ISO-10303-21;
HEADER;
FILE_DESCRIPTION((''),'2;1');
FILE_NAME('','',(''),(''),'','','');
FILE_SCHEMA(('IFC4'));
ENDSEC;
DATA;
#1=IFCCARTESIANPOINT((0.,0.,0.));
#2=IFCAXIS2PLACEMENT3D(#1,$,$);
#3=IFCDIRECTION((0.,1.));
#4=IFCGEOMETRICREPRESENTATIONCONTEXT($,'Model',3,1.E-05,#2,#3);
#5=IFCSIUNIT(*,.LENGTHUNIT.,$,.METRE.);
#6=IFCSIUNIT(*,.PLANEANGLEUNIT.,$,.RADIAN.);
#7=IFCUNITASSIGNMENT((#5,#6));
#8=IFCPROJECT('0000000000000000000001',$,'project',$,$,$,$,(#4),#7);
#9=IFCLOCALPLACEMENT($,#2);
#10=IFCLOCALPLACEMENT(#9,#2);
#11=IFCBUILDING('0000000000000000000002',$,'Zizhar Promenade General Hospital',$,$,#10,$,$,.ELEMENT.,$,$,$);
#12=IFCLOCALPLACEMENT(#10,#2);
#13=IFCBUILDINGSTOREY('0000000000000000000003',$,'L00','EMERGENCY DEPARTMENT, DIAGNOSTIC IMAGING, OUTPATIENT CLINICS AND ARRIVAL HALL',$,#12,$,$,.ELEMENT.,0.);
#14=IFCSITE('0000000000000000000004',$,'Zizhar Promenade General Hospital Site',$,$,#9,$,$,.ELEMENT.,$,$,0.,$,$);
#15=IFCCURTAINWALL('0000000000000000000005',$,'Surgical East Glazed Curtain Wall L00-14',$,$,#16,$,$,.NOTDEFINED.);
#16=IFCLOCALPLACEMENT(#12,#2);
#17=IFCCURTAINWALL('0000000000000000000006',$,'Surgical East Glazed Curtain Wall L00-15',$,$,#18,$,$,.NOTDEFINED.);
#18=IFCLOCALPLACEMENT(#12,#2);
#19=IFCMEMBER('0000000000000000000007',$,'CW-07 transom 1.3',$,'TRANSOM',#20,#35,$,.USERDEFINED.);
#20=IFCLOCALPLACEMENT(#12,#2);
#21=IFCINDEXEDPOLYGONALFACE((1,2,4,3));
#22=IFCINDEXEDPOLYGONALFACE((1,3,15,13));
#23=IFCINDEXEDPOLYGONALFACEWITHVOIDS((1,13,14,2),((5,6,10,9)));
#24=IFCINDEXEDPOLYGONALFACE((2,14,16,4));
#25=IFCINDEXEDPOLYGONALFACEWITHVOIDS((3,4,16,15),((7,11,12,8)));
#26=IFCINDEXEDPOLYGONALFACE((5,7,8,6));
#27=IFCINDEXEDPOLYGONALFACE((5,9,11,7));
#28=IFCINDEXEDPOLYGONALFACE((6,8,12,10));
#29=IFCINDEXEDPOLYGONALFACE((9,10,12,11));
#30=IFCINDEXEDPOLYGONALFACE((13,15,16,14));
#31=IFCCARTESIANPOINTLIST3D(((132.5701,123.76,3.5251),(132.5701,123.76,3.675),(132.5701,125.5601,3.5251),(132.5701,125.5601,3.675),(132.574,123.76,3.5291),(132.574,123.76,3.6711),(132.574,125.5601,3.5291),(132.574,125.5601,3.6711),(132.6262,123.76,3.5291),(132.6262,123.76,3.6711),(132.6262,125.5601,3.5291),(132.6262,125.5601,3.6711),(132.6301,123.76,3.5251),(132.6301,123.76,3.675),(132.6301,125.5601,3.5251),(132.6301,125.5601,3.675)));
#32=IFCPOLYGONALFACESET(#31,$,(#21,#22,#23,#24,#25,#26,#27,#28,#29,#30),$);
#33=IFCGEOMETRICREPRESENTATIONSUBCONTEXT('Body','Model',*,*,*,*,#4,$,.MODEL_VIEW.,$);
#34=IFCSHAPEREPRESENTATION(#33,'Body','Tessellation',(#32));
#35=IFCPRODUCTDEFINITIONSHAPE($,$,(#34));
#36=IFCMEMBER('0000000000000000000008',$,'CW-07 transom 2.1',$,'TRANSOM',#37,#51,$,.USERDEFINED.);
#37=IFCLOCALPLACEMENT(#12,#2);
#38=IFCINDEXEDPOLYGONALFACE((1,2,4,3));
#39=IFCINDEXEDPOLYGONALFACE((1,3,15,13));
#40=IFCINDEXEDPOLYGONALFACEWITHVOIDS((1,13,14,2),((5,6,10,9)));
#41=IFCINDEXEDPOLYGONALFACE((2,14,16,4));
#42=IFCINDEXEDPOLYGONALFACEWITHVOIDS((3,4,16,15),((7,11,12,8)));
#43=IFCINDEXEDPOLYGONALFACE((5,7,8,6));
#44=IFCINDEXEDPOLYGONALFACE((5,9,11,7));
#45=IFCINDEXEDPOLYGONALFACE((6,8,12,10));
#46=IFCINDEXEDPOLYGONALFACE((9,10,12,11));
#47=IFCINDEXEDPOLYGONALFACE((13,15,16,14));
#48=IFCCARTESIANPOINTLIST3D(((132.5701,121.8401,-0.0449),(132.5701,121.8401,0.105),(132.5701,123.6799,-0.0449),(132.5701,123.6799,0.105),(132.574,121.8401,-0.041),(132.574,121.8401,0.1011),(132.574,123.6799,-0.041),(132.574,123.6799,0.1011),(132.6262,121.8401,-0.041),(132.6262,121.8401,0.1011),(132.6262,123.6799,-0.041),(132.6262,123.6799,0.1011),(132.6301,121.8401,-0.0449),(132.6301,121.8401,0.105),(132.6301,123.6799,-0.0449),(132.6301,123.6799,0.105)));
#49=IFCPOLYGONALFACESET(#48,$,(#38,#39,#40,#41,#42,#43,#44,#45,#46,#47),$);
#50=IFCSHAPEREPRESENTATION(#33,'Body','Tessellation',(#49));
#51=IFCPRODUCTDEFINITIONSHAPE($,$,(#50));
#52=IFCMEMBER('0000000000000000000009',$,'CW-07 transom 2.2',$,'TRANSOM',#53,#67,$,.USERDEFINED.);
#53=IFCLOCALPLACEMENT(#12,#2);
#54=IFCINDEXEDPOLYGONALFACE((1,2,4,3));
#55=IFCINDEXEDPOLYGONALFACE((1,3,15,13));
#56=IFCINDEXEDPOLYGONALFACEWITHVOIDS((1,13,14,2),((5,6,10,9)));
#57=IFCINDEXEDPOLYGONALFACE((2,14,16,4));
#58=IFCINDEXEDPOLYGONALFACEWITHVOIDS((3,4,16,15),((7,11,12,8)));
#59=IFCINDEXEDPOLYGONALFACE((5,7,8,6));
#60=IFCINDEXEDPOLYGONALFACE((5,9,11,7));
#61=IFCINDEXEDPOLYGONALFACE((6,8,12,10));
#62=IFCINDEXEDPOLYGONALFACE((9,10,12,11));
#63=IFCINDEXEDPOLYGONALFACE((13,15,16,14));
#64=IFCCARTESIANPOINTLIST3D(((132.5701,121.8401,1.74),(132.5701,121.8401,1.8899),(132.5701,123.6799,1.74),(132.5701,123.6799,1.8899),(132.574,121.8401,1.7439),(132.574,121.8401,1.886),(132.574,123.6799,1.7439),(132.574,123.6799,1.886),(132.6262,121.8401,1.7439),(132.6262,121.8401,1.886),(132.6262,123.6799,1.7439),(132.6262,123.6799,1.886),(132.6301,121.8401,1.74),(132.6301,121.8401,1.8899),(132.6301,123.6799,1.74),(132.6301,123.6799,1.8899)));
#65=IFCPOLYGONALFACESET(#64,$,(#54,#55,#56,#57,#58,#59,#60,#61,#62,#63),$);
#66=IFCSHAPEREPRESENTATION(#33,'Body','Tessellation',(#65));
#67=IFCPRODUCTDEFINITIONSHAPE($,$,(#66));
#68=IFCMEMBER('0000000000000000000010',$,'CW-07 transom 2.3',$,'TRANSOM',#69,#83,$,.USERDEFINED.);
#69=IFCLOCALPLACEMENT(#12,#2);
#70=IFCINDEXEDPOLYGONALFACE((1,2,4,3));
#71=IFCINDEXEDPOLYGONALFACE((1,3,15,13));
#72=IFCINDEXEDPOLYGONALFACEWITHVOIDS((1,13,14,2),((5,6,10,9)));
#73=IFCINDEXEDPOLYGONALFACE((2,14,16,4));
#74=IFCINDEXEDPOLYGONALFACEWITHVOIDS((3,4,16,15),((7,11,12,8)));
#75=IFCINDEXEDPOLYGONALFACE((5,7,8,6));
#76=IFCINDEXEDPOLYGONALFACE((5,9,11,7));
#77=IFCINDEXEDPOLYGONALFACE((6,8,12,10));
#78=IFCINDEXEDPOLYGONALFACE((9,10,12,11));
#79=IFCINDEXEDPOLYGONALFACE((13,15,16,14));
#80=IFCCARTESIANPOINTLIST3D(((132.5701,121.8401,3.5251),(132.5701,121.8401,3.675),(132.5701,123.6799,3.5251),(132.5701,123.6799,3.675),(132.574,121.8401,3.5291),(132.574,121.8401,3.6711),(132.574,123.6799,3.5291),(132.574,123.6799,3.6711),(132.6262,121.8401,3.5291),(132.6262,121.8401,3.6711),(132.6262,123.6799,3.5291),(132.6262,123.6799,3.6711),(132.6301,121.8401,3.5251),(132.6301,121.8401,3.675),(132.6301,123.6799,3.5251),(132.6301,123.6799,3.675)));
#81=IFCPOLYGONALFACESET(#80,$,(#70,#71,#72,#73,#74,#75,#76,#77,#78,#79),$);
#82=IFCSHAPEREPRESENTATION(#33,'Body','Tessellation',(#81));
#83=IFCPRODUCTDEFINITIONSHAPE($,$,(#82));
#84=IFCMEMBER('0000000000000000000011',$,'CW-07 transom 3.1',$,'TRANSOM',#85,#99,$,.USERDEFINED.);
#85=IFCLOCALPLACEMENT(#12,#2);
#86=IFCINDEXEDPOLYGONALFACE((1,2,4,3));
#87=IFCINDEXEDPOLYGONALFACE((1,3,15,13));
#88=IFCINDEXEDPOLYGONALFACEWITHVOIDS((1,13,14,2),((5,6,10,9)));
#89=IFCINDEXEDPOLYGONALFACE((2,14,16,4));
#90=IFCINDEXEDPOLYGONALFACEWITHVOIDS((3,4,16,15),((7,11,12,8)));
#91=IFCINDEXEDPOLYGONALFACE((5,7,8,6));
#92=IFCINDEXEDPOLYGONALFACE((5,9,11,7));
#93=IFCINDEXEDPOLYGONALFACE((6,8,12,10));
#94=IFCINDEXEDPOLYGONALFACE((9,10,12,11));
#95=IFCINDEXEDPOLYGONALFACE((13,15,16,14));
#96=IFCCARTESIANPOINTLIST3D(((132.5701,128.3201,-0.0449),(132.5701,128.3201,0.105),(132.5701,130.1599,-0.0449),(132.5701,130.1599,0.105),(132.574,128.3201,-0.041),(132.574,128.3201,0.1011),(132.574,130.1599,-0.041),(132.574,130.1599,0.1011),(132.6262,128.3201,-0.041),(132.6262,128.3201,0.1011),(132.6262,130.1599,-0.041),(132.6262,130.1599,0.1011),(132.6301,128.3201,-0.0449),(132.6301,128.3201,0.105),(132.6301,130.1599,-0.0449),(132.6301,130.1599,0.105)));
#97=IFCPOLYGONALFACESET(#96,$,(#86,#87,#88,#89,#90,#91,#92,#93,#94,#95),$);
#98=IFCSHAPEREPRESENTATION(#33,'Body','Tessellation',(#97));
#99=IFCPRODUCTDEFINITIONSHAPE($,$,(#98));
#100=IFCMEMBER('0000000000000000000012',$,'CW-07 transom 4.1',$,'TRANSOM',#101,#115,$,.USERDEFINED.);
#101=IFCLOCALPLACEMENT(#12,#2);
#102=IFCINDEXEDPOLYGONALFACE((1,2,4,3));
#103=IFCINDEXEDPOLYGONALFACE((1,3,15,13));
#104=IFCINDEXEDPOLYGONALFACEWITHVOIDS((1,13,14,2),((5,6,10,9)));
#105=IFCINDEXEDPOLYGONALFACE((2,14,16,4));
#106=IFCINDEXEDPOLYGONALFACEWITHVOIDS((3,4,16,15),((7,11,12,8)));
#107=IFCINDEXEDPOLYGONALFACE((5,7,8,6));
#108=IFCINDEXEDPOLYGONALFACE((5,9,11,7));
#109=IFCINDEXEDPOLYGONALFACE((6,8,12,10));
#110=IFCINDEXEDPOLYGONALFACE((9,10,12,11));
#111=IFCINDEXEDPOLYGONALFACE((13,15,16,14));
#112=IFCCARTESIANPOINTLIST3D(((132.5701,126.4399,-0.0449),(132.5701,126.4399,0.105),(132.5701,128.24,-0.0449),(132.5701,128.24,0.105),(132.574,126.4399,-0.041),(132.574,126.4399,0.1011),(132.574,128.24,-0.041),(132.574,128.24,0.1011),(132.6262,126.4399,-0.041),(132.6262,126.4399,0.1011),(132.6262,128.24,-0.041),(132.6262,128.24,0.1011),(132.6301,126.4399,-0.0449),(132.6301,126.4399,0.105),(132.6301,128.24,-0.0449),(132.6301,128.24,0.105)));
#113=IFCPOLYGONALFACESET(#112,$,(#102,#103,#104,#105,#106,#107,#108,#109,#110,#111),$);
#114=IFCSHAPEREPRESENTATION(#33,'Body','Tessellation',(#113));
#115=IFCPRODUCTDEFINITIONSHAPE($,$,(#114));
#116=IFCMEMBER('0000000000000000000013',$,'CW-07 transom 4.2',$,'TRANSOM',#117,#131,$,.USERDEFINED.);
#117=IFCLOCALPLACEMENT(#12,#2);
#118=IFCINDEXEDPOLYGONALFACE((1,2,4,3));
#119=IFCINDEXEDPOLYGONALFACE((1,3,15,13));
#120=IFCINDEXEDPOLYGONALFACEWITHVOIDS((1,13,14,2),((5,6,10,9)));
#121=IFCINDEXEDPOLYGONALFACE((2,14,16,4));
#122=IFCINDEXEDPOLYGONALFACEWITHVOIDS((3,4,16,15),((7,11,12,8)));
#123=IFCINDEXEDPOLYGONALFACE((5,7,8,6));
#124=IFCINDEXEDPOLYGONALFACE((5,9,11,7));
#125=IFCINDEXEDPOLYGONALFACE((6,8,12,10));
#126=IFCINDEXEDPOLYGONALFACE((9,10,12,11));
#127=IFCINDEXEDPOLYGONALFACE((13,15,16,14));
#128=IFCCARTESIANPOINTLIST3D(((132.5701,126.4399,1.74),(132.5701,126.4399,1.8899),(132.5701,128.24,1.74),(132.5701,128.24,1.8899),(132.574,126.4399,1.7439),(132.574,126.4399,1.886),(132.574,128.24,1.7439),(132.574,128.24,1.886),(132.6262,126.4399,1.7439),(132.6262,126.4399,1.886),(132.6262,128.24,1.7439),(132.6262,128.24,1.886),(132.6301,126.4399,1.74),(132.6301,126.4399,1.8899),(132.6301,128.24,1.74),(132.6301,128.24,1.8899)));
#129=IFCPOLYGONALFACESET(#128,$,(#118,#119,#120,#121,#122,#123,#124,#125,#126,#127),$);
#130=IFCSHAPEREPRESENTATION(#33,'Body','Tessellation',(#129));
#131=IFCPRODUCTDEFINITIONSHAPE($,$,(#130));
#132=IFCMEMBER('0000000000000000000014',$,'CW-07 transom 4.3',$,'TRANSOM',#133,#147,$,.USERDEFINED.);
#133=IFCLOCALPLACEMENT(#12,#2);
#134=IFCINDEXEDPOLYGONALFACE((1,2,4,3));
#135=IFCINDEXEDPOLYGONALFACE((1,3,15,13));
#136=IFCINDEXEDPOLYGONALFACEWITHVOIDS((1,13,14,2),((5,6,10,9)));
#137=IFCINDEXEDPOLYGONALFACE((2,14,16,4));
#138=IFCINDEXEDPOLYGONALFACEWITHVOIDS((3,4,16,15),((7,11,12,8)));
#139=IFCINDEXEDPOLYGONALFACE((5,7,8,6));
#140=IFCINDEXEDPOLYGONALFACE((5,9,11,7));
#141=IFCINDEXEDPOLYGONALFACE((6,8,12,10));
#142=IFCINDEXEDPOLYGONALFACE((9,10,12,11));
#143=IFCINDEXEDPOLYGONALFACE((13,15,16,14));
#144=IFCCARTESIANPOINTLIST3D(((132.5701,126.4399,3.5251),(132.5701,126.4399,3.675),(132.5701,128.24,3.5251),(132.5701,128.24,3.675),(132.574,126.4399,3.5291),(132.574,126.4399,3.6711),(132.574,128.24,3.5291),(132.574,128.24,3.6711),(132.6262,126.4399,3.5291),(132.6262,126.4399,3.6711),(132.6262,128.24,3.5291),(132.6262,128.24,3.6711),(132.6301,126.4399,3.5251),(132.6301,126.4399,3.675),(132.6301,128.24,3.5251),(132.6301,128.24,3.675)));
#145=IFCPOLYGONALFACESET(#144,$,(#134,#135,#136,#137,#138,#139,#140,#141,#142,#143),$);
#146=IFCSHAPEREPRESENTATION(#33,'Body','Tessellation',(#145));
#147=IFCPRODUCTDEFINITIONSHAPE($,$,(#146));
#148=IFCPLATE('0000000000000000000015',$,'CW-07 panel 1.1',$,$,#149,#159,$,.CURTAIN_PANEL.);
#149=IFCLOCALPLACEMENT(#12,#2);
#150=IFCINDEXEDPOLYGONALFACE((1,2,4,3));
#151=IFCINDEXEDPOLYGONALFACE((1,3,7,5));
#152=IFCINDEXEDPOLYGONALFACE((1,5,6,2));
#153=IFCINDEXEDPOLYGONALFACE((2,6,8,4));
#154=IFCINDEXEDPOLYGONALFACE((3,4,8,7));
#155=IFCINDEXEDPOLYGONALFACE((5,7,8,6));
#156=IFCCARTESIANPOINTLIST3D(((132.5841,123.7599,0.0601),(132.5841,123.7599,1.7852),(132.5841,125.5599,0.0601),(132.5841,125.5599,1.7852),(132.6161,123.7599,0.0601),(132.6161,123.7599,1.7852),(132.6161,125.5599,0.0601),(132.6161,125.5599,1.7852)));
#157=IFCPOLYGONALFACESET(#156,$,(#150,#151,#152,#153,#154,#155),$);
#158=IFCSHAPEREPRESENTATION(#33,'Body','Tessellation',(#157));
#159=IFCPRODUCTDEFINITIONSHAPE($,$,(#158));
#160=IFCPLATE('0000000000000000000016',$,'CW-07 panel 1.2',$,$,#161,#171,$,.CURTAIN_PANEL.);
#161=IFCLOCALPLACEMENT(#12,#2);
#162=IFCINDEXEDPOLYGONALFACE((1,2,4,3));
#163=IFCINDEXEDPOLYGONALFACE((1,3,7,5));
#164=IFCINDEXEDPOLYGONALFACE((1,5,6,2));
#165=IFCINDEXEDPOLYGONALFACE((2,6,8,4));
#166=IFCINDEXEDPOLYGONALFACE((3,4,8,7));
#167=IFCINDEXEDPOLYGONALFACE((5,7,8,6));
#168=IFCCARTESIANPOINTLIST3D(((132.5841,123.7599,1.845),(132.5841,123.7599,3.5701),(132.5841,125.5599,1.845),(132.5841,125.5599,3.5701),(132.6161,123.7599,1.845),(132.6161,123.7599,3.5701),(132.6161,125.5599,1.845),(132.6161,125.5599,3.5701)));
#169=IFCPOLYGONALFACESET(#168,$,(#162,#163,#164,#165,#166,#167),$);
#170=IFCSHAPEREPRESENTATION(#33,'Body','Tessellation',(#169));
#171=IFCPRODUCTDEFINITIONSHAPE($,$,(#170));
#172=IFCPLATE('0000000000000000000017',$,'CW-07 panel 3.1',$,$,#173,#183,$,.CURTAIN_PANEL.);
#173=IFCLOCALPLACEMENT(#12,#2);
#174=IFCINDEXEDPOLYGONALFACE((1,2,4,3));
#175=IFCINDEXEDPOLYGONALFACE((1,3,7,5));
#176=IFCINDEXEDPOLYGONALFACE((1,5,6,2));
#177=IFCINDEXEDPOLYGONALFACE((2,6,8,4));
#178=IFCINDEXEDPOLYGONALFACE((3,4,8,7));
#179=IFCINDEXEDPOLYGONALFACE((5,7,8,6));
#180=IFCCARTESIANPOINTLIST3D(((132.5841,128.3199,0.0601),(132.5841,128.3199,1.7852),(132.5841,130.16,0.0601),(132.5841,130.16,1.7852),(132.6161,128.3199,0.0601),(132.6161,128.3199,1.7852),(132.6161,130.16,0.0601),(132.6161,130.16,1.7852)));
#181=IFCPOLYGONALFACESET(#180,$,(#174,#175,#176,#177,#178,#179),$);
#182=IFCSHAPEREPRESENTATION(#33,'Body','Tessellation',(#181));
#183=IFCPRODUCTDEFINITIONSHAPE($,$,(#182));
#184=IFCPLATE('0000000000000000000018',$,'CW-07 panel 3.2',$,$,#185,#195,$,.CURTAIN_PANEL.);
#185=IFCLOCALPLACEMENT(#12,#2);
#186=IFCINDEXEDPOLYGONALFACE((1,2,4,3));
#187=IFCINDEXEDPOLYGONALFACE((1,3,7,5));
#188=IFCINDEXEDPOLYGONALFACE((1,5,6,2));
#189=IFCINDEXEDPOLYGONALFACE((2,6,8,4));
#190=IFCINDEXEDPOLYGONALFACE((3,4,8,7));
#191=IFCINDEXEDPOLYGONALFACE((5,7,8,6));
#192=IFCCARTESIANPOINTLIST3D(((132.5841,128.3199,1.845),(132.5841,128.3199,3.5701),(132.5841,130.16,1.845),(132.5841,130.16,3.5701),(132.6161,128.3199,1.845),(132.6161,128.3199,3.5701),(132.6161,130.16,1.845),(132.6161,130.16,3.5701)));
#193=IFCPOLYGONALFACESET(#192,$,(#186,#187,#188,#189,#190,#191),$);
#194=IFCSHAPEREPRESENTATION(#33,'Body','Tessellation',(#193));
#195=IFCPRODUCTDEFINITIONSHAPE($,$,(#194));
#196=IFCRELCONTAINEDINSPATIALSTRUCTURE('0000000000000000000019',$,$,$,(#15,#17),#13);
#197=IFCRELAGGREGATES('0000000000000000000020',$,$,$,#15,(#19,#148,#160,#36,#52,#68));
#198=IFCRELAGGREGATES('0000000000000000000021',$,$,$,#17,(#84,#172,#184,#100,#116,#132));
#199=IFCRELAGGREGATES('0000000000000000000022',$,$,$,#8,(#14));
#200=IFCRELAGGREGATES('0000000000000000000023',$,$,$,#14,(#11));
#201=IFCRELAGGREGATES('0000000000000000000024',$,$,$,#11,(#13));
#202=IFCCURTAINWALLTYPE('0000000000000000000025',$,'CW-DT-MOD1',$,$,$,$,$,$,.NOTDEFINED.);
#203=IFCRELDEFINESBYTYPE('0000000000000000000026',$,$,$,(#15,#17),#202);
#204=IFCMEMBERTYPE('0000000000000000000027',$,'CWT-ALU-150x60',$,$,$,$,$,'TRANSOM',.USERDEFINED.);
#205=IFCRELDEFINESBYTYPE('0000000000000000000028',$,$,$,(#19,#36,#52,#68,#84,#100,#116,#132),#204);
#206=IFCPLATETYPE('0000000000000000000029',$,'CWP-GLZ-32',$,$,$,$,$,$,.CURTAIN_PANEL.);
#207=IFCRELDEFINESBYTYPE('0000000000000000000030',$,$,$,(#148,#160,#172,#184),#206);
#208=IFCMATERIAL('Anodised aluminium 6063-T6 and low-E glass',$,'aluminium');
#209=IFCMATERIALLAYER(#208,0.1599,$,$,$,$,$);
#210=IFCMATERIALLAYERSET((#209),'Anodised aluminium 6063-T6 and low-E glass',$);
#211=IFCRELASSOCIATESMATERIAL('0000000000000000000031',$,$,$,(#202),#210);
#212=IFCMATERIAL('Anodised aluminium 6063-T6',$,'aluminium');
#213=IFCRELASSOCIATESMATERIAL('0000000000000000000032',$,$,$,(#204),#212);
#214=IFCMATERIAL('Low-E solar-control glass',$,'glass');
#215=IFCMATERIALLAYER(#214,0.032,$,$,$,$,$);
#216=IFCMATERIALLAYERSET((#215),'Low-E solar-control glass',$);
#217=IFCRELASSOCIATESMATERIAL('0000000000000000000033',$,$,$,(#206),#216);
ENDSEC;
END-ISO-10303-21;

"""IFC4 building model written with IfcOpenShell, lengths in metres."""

from ifc_helpers import new_model, si_unit, direction, frame, origin, origin_2d, place, context, subcontext, project, spatial, rectangle, hollow_rectangle, extrude, material, layer, layer_set, material_profile, profile_set, type_object, element, aggregate, save


model = new_model("IFC4")

# Units and contexts
model_context = context("Model", 3, precision=1e-05, world=origin(), true_north=direction((0.0, 1.0)))
body_context = subcontext(model_context, "Body", "Model", "MODEL_VIEW")
ifc_project = project(units=[si_unit("LENGTHUNIT", "METRE"), si_unit("PLANEANGLEUNIT", "RADIAN")], contexts=[model_context])

# Site, building, storey
site_placement = place(None, origin())
site = spatial("IfcSite", under=ifc_project, at=site_placement, Name="Zizhar Promenade General Hospital Site", CompositionType="ELEMENT", RefElevation=0.0)
building_placement = place(site_placement, origin())
building = spatial("IfcBuilding", under=site, at=building_placement, Name="Zizhar Promenade General Hospital", CompositionType="ELEMENT")
storey_placement = place(building_placement, origin())
storey = spatial("IfcBuildingStorey", under=building, at=storey_placement, Name="L00", Description="EMERGENCY DEPARTMENT, DIAGNOSTIC IMAGING, OUTPATIENT CLINICS AND ARRIVAL HALL", CompositionType="ELEMENT", Elevation=0.0)

# Curtain walls
ifc_material_1 = material(Name="Anodised aluminium 6063-T6 and low-E glass", Category="aluminium")
ifc_layer_1 = layer(ifc_material_1, 0.1599)
ifc_layer_set_1 = layer_set([ifc_layer_1], Name="Anodised aluminium 6063-T6 and low-E glass")
curtain_wall_type = type_object("IfcCurtainWallType", Name="CW-DT-MOD1", PredefinedType="NOTDEFINED", material=ifc_layer_set_1)
curtain_wall_1_placement = place(storey_placement, origin())
curtain_wall_1 = element("IfcCurtainWall", 1, at=curtain_wall_1_placement, inside=storey, type_object=curtain_wall_type, Name="Surgical East Glazed Curtain Wall L00-14", PredefinedType="NOTDEFINED")
curtain_wall_2_placement = place(storey_placement, origin())
curtain_wall_2 = element("IfcCurtainWall", 2, at=curtain_wall_2_placement, inside=storey, type_object=curtain_wall_type, Name="Surgical East Glazed Curtain Wall L00-15", PredefinedType="NOTDEFINED")

# Members
ifc_material_2 = material(Name="Anodised aluminium 6063-T6", Category="aluminium")
ifc_material_profile_1 = material_profile(ifc_material_2, hollow_rectangle(XDim=0.0601, YDim=0.1499, WallThickness=0.0039, at=origin_2d()))
ifc_profile_set_1 = profile_set([ifc_material_profile_1], Name="Anodised aluminium 6063-T6")
member_type_1 = type_object("IfcMemberType", Name="CWT-ALU-150x60", ElementType="TRANSOM", PredefinedType="USERDEFINED", material=ifc_profile_set_1)
member_1_placement = place(storey_placement, frame((132.6001, 125.5601, 3.6001), z_axis=(0.0, -1.0, 0.0), x_axis=(1.0, 0.0, 0.0)))
member_1 = element("IfcMember", 3, at=member_1_placement, type_object=member_type_1, Name="CW-07 transom 1.3", ObjectType="TRANSOM", PredefinedType="USERDEFINED", context=body_context, shape_type="SweptSolid", body=[
    extrude(hollow_rectangle(XDim=0.0601, YDim=0.1499, WallThickness=0.0039, at=origin_2d()), origin(), (0.0, 0.0, 1.0), 1.8),
])
member_2_placement = place(storey_placement, frame((132.6001, 123.6799, 0.03), z_axis=(0.0, -1.0, 0.0), x_axis=(1.0, 0.0, 0.0)))
member_2 = element("IfcMember", 4, at=member_2_placement, type_object=member_type_1, Name="CW-07 transom 2.1", ObjectType="TRANSOM", PredefinedType="USERDEFINED", context=body_context, shape_type="SweptSolid", body=[
    extrude(hollow_rectangle(XDim=0.0601, YDim=0.1499, WallThickness=0.0039, at=origin_2d()), origin(), (0.0, 0.0, 1.0), 1.8398),
])
member_3_placement = place(storey_placement, frame((132.6001, 123.6799, 1.8149), z_axis=(0.0, -1.0, 0.0), x_axis=(1.0, 0.0, 0.0)))
member_3 = element("IfcMember", 5, at=member_3_placement, type_object=member_type_1, Name="CW-07 transom 2.2", ObjectType="TRANSOM", PredefinedType="USERDEFINED", context=body_context, shape_type="SweptSolid", body=[
    extrude(hollow_rectangle(XDim=0.0601, YDim=0.1499, WallThickness=0.0039, at=origin_2d()), origin(), (0.0, 0.0, 1.0), 1.8398),
])
member_4_placement = place(storey_placement, frame((132.6001, 123.6799, 3.6001), z_axis=(0.0, -1.0, 0.0), x_axis=(1.0, 0.0, 0.0)))
member_4 = element("IfcMember", 6, at=member_4_placement, type_object=member_type_1, Name="CW-07 transom 2.3", ObjectType="TRANSOM", PredefinedType="USERDEFINED", context=body_context, shape_type="SweptSolid", body=[
    extrude(hollow_rectangle(XDim=0.0601, YDim=0.1499, WallThickness=0.0039, at=origin_2d()), origin(), (0.0, 0.0, 1.0), 1.8398),
])
member_5_placement = place(storey_placement, frame((132.6001, 130.1599, 0.03), z_axis=(0.0, -1.0, 0.0), x_axis=(1.0, 0.0, 0.0)))
member_5 = element("IfcMember", 7, at=member_5_placement, type_object=member_type_1, Name="CW-07 transom 3.1", ObjectType="TRANSOM", PredefinedType="USERDEFINED", context=body_context, shape_type="SweptSolid", body=[
    extrude(hollow_rectangle(XDim=0.0601, YDim=0.1499, WallThickness=0.0039, at=origin_2d()), origin(), (0.0, 0.0, 1.0), 1.8398),
])
member_6_placement = place(storey_placement, frame((132.6001, 128.24, 0.03), z_axis=(0.0, -1.0, 0.0), x_axis=(1.0, 0.0, 0.0)))
member_6 = element("IfcMember", 8, at=member_6_placement, type_object=member_type_1, Name="CW-07 transom 4.1", ObjectType="TRANSOM", PredefinedType="USERDEFINED", context=body_context, shape_type="SweptSolid", body=[
    extrude(hollow_rectangle(XDim=0.0601, YDim=0.1499, WallThickness=0.0039, at=origin_2d()), origin(), (0.0, 0.0, 1.0), 1.8),
])
member_7_placement = place(storey_placement, frame((132.6001, 128.24, 1.8149), z_axis=(0.0, -1.0, 0.0), x_axis=(1.0, 0.0, 0.0)))
member_7 = element("IfcMember", 9, at=member_7_placement, type_object=member_type_1, Name="CW-07 transom 4.2", ObjectType="TRANSOM", PredefinedType="USERDEFINED", context=body_context, shape_type="SweptSolid", body=[
    extrude(hollow_rectangle(XDim=0.0601, YDim=0.1499, WallThickness=0.0039, at=origin_2d()), origin(), (0.0, 0.0, 1.0), 1.8),
])
member_8_placement = place(storey_placement, frame((132.6001, 128.24, 3.6001), z_axis=(0.0, -1.0, 0.0), x_axis=(1.0, 0.0, 0.0)))
member_8 = element("IfcMember", 10, at=member_8_placement, type_object=member_type_1, Name="CW-07 transom 4.3", ObjectType="TRANSOM", PredefinedType="USERDEFINED", context=body_context, shape_type="SweptSolid", body=[
    extrude(hollow_rectangle(XDim=0.0601, YDim=0.1499, WallThickness=0.0039, at=origin_2d()), origin(), (0.0, 0.0, 1.0), 1.8),
])

# Plates
ifc_material_3 = material(Name="Low-E solar-control glass", Category="glass")
ifc_layer_2 = layer(ifc_material_3, 0.032)
ifc_layer_set_2 = layer_set([ifc_layer_2], Name="Low-E solar-control glass")
plate_type = type_object("IfcPlateType", Name="CWP-GLZ-32", PredefinedType="CURTAIN_PANEL", material=ifc_layer_set_2)
plate_1_placement = place(storey_placement, frame((132.6001, 124.6599, 0.0601), z_axis=(0.0, 0.0, 1.0), x_axis=(0.0, -1.0, 0.0)))
plate_1 = element("IfcPlate", 11, at=plate_1_placement, type_object=plate_type, Name="CW-07 panel 1.1", PredefinedType="CURTAIN_PANEL", context=body_context, shape_type="SweptSolid", body=[
    extrude(rectangle(XDim=1.8, YDim=0.032, at=origin_2d()), origin(), (0.0, 0.0, 1.0), 1.7251),
])
plate_2_placement = place(storey_placement, frame((132.6001, 124.6599, 1.845), z_axis=(0.0, 0.0, 1.0), x_axis=(0.0, -1.0, 0.0)))
plate_2 = element("IfcPlate", 12, at=plate_2_placement, type_object=plate_type, Name="CW-07 panel 1.2", PredefinedType="CURTAIN_PANEL", context=body_context, shape_type="SweptSolid", body=[
    extrude(rectangle(XDim=1.8, YDim=0.032, at=origin_2d()), origin(), (0.0, 0.0, 1.0), 1.7251),
])
aggregate(curtain_wall_1, [member_1, plate_1, plate_2, member_2, member_3, member_4])
plate_3_placement = place(storey_placement, frame((132.6001, 129.24, 0.0601), z_axis=(0.0, 0.0, 1.0), x_axis=(0.0, -1.0, 0.0)))
plate_3 = element("IfcPlate", 13, at=plate_3_placement, type_object=plate_type, Name="CW-07 panel 3.1", PredefinedType="CURTAIN_PANEL", context=body_context, shape_type="SweptSolid", body=[
    extrude(rectangle(XDim=1.8401, YDim=0.032, at=origin_2d()), origin(), (0.0, 0.0, 1.0), 1.7251),
])
plate_4_placement = place(storey_placement, frame((132.6001, 129.24, 1.845), z_axis=(0.0, 0.0, 1.0), x_axis=(0.0, -1.0, 0.0)))
plate_4 = element("IfcPlate", 14, at=plate_4_placement, type_object=plate_type, Name="CW-07 panel 3.2", PredefinedType="CURTAIN_PANEL", context=body_context, shape_type="SweptSolid", body=[
    extrude(rectangle(XDim=1.8401, YDim=0.032, at=origin_2d()), origin(), (0.0, 0.0, 1.0), 1.7251),
])
aggregate(curtain_wall_2, [member_5, plate_3, plate_4, member_6, member_7, member_8])

save(model, "model.ifc")
